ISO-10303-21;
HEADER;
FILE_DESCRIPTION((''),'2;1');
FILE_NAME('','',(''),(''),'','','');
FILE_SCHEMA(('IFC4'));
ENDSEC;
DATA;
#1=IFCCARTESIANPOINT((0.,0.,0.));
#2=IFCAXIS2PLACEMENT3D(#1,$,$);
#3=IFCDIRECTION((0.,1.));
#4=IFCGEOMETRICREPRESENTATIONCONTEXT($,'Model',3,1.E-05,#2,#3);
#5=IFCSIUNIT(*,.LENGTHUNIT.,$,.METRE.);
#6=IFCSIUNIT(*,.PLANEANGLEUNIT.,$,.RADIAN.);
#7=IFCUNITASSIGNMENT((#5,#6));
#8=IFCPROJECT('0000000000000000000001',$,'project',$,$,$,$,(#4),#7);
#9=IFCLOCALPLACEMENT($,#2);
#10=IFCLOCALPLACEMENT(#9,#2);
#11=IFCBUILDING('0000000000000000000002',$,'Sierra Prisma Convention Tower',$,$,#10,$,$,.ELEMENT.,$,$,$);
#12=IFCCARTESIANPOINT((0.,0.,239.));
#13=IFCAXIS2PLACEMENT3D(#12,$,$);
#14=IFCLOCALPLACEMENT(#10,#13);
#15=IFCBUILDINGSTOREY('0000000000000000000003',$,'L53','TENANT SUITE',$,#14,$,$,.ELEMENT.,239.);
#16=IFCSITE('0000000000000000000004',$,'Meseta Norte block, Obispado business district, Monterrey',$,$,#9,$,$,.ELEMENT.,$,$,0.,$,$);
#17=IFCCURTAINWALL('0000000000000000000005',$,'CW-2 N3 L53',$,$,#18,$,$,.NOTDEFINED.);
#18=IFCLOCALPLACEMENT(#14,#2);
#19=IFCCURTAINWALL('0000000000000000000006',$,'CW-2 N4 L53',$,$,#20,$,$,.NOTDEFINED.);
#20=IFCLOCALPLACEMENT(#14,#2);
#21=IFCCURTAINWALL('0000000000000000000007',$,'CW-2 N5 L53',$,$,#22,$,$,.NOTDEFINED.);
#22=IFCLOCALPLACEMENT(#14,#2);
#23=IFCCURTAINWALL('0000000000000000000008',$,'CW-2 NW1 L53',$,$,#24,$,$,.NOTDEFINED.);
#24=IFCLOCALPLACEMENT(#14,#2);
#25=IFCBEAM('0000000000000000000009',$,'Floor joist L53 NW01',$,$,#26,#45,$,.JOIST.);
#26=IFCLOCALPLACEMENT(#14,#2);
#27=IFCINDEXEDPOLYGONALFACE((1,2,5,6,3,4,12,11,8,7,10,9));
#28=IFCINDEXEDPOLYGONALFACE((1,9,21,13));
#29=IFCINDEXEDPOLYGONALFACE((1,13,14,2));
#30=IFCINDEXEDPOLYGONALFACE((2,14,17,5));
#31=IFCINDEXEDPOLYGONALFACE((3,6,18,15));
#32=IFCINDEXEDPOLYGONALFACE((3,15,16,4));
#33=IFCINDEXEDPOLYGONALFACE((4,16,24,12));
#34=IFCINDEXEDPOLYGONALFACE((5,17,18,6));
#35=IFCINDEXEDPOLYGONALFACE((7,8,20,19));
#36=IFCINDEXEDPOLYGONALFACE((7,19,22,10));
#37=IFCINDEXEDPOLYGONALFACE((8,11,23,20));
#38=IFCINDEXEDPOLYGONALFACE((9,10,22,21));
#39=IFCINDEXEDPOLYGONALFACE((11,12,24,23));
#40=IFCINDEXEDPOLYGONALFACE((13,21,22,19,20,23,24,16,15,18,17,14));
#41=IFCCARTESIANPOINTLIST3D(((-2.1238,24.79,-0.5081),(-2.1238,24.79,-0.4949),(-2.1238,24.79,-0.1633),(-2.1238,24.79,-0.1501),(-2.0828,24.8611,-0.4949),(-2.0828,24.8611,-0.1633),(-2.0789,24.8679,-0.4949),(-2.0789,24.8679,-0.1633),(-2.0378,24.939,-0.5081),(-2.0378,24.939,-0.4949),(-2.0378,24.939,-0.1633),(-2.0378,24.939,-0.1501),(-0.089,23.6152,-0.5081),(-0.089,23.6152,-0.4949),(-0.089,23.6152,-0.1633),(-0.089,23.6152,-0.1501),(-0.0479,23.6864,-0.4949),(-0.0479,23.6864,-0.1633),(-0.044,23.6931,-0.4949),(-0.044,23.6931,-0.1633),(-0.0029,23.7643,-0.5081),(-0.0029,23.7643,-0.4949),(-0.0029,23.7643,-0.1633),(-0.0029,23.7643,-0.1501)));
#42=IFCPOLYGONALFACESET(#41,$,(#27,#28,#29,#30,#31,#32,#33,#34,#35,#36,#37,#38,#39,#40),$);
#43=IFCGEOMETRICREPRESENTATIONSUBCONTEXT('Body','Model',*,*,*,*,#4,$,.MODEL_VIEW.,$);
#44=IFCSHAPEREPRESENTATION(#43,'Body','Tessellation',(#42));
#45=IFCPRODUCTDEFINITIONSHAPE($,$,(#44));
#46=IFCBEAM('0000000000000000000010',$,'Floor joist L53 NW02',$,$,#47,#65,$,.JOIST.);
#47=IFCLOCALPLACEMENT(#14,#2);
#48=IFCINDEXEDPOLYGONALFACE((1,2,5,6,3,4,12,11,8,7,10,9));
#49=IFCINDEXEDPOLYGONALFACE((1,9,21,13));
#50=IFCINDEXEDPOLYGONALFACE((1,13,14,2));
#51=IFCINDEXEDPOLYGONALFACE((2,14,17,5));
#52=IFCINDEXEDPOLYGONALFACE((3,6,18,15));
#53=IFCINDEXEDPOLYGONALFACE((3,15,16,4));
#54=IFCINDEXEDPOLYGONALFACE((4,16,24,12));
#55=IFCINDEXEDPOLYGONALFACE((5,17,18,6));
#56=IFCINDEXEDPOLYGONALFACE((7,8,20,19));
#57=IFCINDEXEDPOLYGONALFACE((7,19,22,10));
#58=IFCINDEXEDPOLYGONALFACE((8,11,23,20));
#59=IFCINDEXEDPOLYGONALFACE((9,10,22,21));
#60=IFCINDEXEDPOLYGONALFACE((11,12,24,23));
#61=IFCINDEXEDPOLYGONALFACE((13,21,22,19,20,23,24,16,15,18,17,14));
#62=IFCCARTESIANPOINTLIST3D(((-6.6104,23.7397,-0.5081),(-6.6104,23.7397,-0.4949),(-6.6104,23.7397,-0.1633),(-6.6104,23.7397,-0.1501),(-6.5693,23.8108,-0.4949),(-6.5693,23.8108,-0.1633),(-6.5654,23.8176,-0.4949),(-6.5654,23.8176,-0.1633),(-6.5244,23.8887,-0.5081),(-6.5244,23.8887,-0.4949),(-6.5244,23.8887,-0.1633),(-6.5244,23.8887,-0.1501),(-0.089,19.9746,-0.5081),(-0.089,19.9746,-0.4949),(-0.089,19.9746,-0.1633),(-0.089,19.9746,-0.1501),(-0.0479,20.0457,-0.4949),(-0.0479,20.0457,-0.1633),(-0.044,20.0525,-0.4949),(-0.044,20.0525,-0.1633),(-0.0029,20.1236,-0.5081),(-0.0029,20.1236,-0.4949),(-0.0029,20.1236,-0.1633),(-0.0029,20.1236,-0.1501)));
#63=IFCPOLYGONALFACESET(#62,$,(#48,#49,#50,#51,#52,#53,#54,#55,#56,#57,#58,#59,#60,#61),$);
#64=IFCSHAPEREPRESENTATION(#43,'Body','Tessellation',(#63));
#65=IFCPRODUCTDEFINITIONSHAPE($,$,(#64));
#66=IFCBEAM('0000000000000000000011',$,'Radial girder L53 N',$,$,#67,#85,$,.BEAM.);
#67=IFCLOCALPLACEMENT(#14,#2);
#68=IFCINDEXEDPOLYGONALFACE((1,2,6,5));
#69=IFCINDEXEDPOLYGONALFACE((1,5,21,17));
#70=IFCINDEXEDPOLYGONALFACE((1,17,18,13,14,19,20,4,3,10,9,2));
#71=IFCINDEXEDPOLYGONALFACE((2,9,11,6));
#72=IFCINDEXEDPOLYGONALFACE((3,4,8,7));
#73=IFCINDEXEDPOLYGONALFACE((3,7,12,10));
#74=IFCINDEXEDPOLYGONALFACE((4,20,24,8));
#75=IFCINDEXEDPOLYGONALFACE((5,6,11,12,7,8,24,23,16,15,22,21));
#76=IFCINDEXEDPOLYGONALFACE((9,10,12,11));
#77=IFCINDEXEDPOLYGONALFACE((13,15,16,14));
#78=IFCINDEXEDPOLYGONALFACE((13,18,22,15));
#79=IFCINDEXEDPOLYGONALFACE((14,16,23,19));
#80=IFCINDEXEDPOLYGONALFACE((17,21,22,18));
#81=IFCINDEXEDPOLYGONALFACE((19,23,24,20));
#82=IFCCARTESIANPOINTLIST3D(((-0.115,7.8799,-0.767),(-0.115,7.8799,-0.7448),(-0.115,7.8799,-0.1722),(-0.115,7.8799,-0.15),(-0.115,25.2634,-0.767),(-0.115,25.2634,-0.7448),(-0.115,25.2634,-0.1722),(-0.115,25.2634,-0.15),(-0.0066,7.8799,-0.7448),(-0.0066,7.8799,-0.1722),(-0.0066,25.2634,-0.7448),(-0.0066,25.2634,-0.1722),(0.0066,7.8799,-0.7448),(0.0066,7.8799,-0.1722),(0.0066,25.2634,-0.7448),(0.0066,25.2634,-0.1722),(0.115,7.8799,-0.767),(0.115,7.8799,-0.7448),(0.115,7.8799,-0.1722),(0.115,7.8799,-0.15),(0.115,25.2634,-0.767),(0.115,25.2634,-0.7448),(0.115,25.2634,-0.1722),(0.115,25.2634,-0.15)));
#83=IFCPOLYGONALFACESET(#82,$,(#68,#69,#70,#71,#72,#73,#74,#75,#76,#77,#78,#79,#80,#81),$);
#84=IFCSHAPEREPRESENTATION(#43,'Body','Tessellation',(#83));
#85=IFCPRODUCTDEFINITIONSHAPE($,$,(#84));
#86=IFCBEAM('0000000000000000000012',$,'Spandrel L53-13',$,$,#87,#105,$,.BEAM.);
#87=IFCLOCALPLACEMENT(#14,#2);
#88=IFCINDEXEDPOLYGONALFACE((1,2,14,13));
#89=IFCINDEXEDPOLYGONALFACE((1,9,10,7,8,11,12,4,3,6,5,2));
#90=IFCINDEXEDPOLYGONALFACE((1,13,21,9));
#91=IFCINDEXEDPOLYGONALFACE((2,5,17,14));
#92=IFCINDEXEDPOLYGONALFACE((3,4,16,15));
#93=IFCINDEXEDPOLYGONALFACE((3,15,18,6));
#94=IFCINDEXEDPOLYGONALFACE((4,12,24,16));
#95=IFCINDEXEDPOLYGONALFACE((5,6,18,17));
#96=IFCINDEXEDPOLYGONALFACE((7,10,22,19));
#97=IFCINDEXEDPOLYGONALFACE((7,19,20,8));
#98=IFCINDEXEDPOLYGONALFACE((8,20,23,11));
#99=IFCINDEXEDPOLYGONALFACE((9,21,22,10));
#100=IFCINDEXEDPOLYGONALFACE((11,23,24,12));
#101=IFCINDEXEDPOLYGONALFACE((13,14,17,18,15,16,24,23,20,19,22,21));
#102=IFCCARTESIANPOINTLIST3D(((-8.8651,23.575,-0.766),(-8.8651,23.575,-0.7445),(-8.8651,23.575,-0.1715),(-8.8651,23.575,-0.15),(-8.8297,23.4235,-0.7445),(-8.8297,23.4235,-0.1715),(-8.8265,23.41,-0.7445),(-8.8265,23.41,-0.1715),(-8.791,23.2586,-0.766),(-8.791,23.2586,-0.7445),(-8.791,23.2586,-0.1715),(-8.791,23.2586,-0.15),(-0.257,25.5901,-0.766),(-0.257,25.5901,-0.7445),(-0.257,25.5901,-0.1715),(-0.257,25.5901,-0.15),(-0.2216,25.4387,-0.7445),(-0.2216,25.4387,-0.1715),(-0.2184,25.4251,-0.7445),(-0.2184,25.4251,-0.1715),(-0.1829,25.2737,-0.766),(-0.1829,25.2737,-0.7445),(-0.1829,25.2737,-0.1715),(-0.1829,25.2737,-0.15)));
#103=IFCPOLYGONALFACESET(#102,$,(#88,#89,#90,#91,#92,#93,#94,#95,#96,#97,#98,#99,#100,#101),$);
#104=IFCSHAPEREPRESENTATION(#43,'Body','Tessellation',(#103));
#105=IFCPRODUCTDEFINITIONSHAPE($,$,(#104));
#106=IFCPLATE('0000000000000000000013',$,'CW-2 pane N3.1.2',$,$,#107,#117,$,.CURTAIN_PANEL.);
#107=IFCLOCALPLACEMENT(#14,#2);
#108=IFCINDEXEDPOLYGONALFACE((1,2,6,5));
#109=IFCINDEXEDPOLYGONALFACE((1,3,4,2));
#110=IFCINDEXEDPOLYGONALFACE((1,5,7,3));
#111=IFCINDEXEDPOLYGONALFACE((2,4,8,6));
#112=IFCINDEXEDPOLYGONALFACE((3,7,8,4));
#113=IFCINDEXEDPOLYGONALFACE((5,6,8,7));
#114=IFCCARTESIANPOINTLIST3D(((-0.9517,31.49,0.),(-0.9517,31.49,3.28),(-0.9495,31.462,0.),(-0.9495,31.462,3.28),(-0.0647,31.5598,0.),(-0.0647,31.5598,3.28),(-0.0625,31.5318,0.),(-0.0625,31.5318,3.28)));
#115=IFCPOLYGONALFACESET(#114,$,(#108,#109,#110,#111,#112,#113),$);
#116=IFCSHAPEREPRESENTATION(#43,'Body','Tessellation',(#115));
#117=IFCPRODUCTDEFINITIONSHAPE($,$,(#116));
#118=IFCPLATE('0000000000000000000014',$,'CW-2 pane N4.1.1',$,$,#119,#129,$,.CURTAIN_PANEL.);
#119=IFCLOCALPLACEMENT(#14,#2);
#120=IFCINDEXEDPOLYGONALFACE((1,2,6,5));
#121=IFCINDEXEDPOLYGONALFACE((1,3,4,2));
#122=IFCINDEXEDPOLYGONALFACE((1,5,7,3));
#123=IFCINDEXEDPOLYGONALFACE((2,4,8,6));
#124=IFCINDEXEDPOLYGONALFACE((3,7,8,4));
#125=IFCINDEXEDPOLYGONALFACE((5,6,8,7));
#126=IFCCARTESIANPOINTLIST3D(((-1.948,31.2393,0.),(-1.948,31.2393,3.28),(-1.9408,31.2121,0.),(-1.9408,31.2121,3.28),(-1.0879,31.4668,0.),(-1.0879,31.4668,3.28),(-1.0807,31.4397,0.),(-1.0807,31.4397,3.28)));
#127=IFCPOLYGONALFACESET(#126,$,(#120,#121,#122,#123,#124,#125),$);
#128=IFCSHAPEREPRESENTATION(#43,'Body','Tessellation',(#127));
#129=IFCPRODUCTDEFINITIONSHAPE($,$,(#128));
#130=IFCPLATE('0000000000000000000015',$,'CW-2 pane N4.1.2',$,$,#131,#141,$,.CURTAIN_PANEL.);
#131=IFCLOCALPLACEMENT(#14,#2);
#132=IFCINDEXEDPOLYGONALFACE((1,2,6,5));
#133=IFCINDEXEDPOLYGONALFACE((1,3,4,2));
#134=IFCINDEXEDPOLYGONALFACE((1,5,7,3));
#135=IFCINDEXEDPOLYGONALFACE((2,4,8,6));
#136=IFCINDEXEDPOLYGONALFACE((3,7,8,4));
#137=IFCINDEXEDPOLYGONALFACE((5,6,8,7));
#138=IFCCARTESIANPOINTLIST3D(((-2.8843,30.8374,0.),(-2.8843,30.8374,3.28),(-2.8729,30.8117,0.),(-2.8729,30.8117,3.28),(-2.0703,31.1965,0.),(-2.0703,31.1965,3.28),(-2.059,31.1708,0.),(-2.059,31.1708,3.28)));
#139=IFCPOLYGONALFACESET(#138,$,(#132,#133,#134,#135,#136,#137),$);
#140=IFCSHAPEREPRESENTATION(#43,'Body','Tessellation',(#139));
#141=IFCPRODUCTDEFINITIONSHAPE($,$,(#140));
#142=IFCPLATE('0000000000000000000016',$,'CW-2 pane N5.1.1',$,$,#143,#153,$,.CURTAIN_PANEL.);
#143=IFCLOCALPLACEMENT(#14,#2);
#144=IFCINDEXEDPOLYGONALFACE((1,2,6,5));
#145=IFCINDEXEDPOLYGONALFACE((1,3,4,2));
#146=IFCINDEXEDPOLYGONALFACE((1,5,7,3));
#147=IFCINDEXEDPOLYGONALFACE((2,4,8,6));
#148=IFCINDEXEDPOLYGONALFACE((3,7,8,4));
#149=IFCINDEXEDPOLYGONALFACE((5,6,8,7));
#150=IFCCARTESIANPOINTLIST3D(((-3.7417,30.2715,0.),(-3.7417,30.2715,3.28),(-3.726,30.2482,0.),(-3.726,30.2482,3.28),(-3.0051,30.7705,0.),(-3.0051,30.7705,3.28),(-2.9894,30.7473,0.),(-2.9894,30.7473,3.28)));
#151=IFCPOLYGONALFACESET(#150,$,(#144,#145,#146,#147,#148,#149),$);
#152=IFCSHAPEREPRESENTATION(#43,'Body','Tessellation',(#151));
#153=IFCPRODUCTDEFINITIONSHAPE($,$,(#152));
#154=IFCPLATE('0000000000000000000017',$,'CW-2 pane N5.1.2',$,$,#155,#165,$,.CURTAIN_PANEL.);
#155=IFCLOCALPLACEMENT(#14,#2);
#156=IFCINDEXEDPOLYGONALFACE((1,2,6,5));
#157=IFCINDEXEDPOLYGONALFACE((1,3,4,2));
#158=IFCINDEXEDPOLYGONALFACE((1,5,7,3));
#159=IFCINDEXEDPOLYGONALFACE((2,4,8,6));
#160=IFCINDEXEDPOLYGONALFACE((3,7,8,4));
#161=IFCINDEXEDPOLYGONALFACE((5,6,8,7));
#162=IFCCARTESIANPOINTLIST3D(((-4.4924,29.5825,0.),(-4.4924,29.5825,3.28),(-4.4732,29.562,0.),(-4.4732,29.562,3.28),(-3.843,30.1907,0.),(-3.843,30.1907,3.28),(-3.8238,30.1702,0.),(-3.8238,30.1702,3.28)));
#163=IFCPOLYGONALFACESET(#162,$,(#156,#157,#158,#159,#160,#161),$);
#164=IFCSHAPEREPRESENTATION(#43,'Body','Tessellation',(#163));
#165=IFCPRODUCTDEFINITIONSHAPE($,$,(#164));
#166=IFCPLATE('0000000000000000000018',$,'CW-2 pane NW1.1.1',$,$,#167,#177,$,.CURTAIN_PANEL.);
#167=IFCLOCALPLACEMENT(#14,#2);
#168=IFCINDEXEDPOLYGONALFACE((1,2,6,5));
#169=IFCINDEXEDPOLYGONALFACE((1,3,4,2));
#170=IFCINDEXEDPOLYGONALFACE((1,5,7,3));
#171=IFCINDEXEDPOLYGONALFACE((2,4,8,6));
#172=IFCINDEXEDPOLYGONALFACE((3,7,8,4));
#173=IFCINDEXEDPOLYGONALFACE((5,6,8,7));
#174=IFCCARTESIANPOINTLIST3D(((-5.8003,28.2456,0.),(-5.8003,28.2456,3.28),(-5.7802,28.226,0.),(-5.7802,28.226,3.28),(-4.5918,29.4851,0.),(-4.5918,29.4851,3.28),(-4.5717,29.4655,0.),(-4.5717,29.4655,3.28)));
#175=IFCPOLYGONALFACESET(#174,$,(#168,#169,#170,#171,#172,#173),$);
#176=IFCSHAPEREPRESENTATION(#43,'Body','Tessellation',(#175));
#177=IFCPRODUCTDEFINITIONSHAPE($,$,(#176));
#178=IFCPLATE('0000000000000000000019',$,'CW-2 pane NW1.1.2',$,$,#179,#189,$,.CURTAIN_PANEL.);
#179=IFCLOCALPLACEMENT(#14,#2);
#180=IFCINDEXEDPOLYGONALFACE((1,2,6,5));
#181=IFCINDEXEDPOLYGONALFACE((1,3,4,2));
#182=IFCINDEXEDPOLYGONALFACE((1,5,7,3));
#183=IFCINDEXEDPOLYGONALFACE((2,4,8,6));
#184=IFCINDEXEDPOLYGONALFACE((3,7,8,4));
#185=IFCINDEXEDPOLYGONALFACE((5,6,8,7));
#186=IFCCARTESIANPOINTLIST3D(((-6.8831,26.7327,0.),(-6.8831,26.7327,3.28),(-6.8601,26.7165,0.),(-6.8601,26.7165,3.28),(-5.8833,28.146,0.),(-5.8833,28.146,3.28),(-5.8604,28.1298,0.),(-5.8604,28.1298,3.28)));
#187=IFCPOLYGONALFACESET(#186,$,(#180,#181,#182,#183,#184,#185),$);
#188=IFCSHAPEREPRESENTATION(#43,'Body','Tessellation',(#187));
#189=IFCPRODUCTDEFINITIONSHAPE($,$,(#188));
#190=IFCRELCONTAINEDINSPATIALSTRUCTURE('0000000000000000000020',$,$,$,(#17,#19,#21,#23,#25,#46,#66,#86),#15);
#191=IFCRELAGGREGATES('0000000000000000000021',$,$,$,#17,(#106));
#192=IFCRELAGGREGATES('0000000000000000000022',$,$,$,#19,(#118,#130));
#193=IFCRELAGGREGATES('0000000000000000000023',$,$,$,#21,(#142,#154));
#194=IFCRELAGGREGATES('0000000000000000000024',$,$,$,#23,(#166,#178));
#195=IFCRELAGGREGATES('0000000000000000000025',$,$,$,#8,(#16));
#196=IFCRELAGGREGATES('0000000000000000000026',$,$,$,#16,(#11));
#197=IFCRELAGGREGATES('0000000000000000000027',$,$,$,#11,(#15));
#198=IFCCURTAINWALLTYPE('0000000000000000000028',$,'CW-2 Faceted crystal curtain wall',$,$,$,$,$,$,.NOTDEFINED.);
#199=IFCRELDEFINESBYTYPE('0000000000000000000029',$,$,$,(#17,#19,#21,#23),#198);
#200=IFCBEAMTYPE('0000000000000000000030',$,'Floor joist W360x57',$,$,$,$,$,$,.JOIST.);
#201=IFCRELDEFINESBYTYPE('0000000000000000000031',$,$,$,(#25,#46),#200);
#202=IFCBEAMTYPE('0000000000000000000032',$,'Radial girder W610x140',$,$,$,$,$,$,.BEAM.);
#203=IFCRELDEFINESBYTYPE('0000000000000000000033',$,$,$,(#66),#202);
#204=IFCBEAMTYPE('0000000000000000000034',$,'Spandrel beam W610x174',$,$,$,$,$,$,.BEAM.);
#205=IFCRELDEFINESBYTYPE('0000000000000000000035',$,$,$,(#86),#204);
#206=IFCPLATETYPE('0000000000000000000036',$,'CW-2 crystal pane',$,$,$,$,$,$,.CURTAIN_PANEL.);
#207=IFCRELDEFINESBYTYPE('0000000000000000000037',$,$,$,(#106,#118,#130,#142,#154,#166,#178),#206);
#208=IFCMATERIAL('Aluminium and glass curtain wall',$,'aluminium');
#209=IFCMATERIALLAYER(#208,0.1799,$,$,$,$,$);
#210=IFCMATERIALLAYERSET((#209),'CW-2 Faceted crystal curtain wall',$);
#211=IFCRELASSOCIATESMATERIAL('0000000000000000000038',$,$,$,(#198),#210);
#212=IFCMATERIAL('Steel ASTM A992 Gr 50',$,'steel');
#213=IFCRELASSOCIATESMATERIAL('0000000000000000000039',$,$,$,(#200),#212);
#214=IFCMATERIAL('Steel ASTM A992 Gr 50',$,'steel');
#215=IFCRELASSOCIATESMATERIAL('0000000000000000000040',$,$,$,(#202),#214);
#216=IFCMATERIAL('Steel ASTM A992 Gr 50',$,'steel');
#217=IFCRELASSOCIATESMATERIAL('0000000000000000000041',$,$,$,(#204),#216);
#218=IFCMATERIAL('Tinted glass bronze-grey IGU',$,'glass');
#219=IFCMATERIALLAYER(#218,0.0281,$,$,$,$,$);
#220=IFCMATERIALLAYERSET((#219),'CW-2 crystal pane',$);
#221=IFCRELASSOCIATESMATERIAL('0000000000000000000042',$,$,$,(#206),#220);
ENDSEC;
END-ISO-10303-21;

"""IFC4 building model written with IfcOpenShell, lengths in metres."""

from ifc_helpers import new_model, si_unit, direction, frame, origin, origin_2d, place, context, subcontext, project, spatial, polyline, i_section, outline, extrude, material, layer, layer_set, material_profile, profile_set, type_object, element, aggregate, save


model = new_model("IFC4")

# Units and contexts
model_context = context("Model", 3, precision=1e-05, world=origin(), true_north=direction((0.0, 1.0)))
body_context = subcontext(model_context, "Body", "Model", "MODEL_VIEW")
ifc_project = project(units=[si_unit("LENGTHUNIT", "METRE"), si_unit("PLANEANGLEUNIT", "RADIAN")], contexts=[model_context])

# Site, building, storey
site_placement = place(None, origin())
site = spatial("IfcSite", under=ifc_project, at=site_placement, Name="Meseta Norte block, Obispado business district, Monterrey", CompositionType="ELEMENT", RefElevation=0.0)
building_placement = place(site_placement, origin())
building = spatial("IfcBuilding", under=site, at=building_placement, Name="Sierra Prisma Convention Tower", CompositionType="ELEMENT")
storey_placement = place(building_placement, frame((0.0, 0.0, 239.0)))
storey = spatial("IfcBuildingStorey", under=building, at=storey_placement, Name="L53", Description="TENANT SUITE", CompositionType="ELEMENT", Elevation=239.0)

# Curtain walls
ifc_material_1 = material(Name="Aluminium and glass curtain wall", Category="aluminium")
ifc_layer_1 = layer(ifc_material_1, 0.1799)
ifc_layer_set_1 = layer_set([ifc_layer_1], Name="CW-2 Faceted crystal curtain wall")
curtain_wall_type = type_object("IfcCurtainWallType", Name="CW-2 Faceted crystal curtain wall", PredefinedType="NOTDEFINED", material=ifc_layer_set_1)
curtain_wall_1_placement = place(storey_placement, origin())
curtain_wall_1 = element("IfcCurtainWall", 1, at=curtain_wall_1_placement, inside=storey, type_object=curtain_wall_type, Name="CW-2 N3 L53", PredefinedType="NOTDEFINED")
curtain_wall_2_placement = place(storey_placement, origin())
curtain_wall_2 = element("IfcCurtainWall", 2, at=curtain_wall_2_placement, inside=storey, type_object=curtain_wall_type, Name="CW-2 N4 L53", PredefinedType="NOTDEFINED")
curtain_wall_3_placement = place(storey_placement, origin())
curtain_wall_3 = element("IfcCurtainWall", 3, at=curtain_wall_3_placement, inside=storey, type_object=curtain_wall_type, Name="CW-2 N5 L53", PredefinedType="NOTDEFINED")

# Curtain wall
curtain_wall_4_placement = place(storey_placement, origin())
curtain_wall_4 = element("IfcCurtainWall", 4, at=curtain_wall_4_placement, inside=storey, type_object=curtain_wall_type, Name="CW-2 NW1 L53", PredefinedType="NOTDEFINED")

# Beams
ifc_material_2 = material(Name="Steel ASTM A992 Gr 50", Category="steel")
ifc_material_profile_1 = material_profile(ifc_material_2, i_section(OverallWidth=0.1721, OverallDepth=0.3579, WebThickness=0.0078, FlangeThickness=0.0132, at=origin_2d()), Name="W360x57")
ifc_profile_set_1 = profile_set([ifc_material_profile_1], Name="Steel ASTM A992 Gr 50")
beam_type_1 = type_object("IfcBeamType", Name="Floor joist W360x57", PredefinedType="JOIST", material=ifc_profile_set_1)
beam_1_placement = place(storey_placement, frame((-2.0808, 24.8645, -0.3291), z_axis=(0.866035, -0.499983, 0.0), x_axis=(0.499983, 0.866035, 0.0)))
element("IfcBeam", 5, at=beam_1_placement, inside=storey, type_object=beam_type_1, Name="Floor joist L53 NW01", PredefinedType="JOIST", context=body_context, shape_type="SweptSolid", body=[
    extrude(i_section(OverallWidth=0.1721, OverallDepth=0.3579, WebThickness=0.0078, FlangeThickness=0.0132, at=origin_2d()), origin(), (0.0, 0.0, 1.0), 2.3496),
])
beam_2_placement = place(storey_placement, frame((-6.5674, 23.8142, -0.3291), z_axis=(0.866028, -0.499996, 0.0), x_axis=(0.499996, 0.866028, 0.0)))
element("IfcBeam", 6, at=beam_2_placement, inside=storey, type_object=beam_type_1, Name="Floor joist L53 NW02", PredefinedType="JOIST", context=body_context, shape_type="SweptSolid", body=[
    extrude(i_section(OverallWidth=0.1721, OverallDepth=0.3579, WebThickness=0.0078, FlangeThickness=0.0132, at=origin_2d()), origin(), (0.0, 0.0, 1.0), 7.5303),
])
ifc_material_3 = material(Name="Steel ASTM A992 Gr 50", Category="steel")
ifc_material_profile_2 = material_profile(ifc_material_3, i_section(OverallWidth=0.23, OverallDepth=0.6169, WebThickness=0.0132, FlangeThickness=0.0222, at=origin_2d()), Name="W610x140")
ifc_profile_set_2 = profile_set([ifc_material_profile_2], Name="Steel ASTM A992 Gr 50")
beam_type_2 = type_object("IfcBeamType", Name="Radial girder W610x140", PredefinedType="BEAM", material=ifc_profile_set_2)
beam_3_placement = place(storey_placement, frame((0.0, 25.2634, -0.4585), z_axis=(0.0, -1.0, 0.0), x_axis=(1.0, 0.0, 0.0)))
element("IfcBeam", 7, at=beam_3_placement, inside=storey, type_object=beam_type_2, Name="Radial girder L53 N", PredefinedType="BEAM", context=body_context, shape_type="SweptSolid", body=[
    extrude(i_section(OverallWidth=0.23, OverallDepth=0.6169, WebThickness=0.0132, FlangeThickness=0.0222, at=origin_2d()), origin(), (0.0, 0.0, 1.0), 17.3835),
])
ifc_material_4 = material(Name="Steel ASTM A992 Gr 50", Category="steel")
ifc_material_profile_3 = material_profile(ifc_material_4, i_section(OverallWidth=0.325, OverallDepth=0.616, WebThickness=0.0139, FlangeThickness=0.0215, at=origin_2d()), Name="W610x174")
ifc_profile_set_3 = profile_set([ifc_material_profile_3], Name="Steel ASTM A992 Gr 50")
beam_type_3 = type_object("IfcBeamType", Name="Spandrel beam W610x174", PredefinedType="BEAM", material=ifc_profile_set_3)
beam_4_placement = place(storey_placement, frame((-0.22, 25.4319, -0.458), z_axis=(-0.973677, -0.227934, 0.0), x_axis=(0.227934, -0.973677, 0.0)))
element("IfcBeam", 8, at=beam_4_placement, inside=storey, type_object=beam_type_3, Name="Spandrel L53-13", PredefinedType="BEAM", context=body_context, shape_type="SweptSolid", body=[
    extrude(i_section(OverallWidth=0.325, OverallDepth=0.616, WebThickness=0.0139, FlangeThickness=0.0215, at=origin_2d()), origin(), (0.0, 0.0, 1.0), 8.8408),
])

# Plates
ifc_material_5 = material(Name="Tinted glass bronze-grey IGU", Category="glass")
ifc_layer_2 = layer(ifc_material_5, 0.0281)
ifc_layer_set_2 = layer_set([ifc_layer_2], Name="CW-2 crystal pane")
plate_type = type_object("IfcPlateType", Name="CW-2 crystal pane", PredefinedType="CURTAIN_PANEL", material=ifc_layer_set_2)
plate_1_placement = place(storey_placement, frame((-0.9517, 31.49, 0.0), z_axis=(-0.07848, 0.996916, 0.0), x_axis=(0.996916, 0.07848, 0.0)))
plate_1 = element("IfcPlate", 9, at=plate_1_placement, type_object=plate_type, Name="CW-2 pane N3.1.2", PredefinedType="CURTAIN_PANEL", context=body_context, shape_type="SweptSolid", body=[
    extrude(outline(polyline([(0.0, 0.0), (0.8897, 0.0), (0.8897, -3.28), (0.0, -3.28), (0.0, 0.0)])), origin(), (0.0, 0.0, -1.0), 0.0281),
])
aggregate(curtain_wall_1, [plate_1])
plate_2_placement = place(storey_placement, frame((-1.0879, 31.4668, 0.0), z_axis=(-0.255749, 0.966743, 0.0), x_axis=(-0.966743, -0.255749, 0.0)))
plate_2 = element("IfcPlate", 10, at=plate_2_placement, type_object=plate_type, Name="CW-2 pane N4.1.1", PredefinedType="CURTAIN_PANEL", context=body_context, shape_type="SweptSolid", body=[
    extrude(outline(polyline([(0.0, 0.0), (0.8897, 0.0), (0.8897, 3.28), (0.0, 3.28), (0.0, 0.0)])), origin(), (0.0, 0.0, -1.0), 0.0281),
])
plate_3_placement = place(storey_placement, frame((-2.8843, 30.8374, 0.0), z_axis=(-0.403667, 0.914906, 0.0), x_axis=(0.914906, 0.403667, 0.0)))
plate_3 = element("IfcPlate", 11, at=plate_3_placement, type_object=plate_type, Name="CW-2 pane N4.1.2", PredefinedType="CURTAIN_PANEL", context=body_context, shape_type="SweptSolid", body=[
    extrude(outline(polyline([(0.0, 0.0), (0.8897, 0.0), (0.8897, -3.28), (0.0, -3.28), (0.0, 0.0)])), origin(), (0.0, 0.0, -1.0), 0.0281),
])
aggregate(curtain_wall_2, [plate_2, plate_3])
plate_4_placement = place(storey_placement, frame((-3.0051, 30.7705, 0.0), z_axis=(-0.560891, 0.82789, 0.0), x_axis=(-0.82789, -0.560891, 0.0)))
plate_4 = element("IfcPlate", 12, at=plate_4_placement, type_object=plate_type, Name="CW-2 pane N5.1.1", PredefinedType="CURTAIN_PANEL", context=body_context, shape_type="SweptSolid", body=[
    extrude(outline(polyline([(0.0, 0.0), (0.8897, 0.0), (0.8897, 3.28), (0.0, 3.28), (0.0, 0.0)])), origin(), (0.0, 0.0, -1.0), 0.0281),
])
plate_5_placement = place(storey_placement, frame((-4.4924, 29.5825, 0.0), z_axis=(-0.683539, 0.729914, 0.0), x_axis=(0.729914, 0.683539, 0.0)))
plate_5 = element("IfcPlate", 13, at=plate_5_placement, type_object=plate_type, Name="CW-2 pane N5.1.2", PredefinedType="CURTAIN_PANEL", context=body_context, shape_type="SweptSolid", body=[
    extrude(outline(polyline([(0.0, 0.0), (0.8897, 0.0), (0.8897, -3.28), (0.0, -3.28), (0.0, 0.0)])), origin(), (0.0, 0.0, -1.0), 0.0281),
])
aggregate(curtain_wall_3, [plate_4, plate_5])
plate_6_placement = place(storey_placement, frame((-4.5918, 29.4851, 0.0), z_axis=(-0.716005, 0.698095, 0.0), x_axis=(-0.698095, -0.716005, 0.0)))
plate_6 = element("IfcPlate", 14, at=plate_6_placement, type_object=plate_type, Name="CW-2 pane NW1.1.1", PredefinedType="CURTAIN_PANEL", context=body_context, shape_type="SweptSolid", body=[
    extrude(outline(polyline([(0.0, 0.0), (1.7311, 0.0), (1.7311, 3.28), (0.0, 3.28), (0.0, 0.0)])), origin(), (0.0, 0.0, -1.0), 0.0281),
])
plate_7_placement = place(storey_placement, frame((-6.8831, 26.7327, 0.0), z_axis=(-0.816393, 0.577497, 0.0), x_axis=(0.577497, 0.816393, 0.0)))
plate_7 = element("IfcPlate", 15, at=plate_7_placement, type_object=plate_type, Name="CW-2 pane NW1.1.2", PredefinedType="CURTAIN_PANEL", context=body_context, shape_type="SweptSolid", body=[
    extrude(outline(polyline([(0.0, 0.0), (1.7312, 0.0), (1.7312, -3.28), (0.0, -3.28), (0.0, 0.0)])), origin(), (0.0, 0.0, -1.0), 0.0281),
])
aggregate(curtain_wall_4, [plate_6, plate_7])

save(model, "model.ifc")
